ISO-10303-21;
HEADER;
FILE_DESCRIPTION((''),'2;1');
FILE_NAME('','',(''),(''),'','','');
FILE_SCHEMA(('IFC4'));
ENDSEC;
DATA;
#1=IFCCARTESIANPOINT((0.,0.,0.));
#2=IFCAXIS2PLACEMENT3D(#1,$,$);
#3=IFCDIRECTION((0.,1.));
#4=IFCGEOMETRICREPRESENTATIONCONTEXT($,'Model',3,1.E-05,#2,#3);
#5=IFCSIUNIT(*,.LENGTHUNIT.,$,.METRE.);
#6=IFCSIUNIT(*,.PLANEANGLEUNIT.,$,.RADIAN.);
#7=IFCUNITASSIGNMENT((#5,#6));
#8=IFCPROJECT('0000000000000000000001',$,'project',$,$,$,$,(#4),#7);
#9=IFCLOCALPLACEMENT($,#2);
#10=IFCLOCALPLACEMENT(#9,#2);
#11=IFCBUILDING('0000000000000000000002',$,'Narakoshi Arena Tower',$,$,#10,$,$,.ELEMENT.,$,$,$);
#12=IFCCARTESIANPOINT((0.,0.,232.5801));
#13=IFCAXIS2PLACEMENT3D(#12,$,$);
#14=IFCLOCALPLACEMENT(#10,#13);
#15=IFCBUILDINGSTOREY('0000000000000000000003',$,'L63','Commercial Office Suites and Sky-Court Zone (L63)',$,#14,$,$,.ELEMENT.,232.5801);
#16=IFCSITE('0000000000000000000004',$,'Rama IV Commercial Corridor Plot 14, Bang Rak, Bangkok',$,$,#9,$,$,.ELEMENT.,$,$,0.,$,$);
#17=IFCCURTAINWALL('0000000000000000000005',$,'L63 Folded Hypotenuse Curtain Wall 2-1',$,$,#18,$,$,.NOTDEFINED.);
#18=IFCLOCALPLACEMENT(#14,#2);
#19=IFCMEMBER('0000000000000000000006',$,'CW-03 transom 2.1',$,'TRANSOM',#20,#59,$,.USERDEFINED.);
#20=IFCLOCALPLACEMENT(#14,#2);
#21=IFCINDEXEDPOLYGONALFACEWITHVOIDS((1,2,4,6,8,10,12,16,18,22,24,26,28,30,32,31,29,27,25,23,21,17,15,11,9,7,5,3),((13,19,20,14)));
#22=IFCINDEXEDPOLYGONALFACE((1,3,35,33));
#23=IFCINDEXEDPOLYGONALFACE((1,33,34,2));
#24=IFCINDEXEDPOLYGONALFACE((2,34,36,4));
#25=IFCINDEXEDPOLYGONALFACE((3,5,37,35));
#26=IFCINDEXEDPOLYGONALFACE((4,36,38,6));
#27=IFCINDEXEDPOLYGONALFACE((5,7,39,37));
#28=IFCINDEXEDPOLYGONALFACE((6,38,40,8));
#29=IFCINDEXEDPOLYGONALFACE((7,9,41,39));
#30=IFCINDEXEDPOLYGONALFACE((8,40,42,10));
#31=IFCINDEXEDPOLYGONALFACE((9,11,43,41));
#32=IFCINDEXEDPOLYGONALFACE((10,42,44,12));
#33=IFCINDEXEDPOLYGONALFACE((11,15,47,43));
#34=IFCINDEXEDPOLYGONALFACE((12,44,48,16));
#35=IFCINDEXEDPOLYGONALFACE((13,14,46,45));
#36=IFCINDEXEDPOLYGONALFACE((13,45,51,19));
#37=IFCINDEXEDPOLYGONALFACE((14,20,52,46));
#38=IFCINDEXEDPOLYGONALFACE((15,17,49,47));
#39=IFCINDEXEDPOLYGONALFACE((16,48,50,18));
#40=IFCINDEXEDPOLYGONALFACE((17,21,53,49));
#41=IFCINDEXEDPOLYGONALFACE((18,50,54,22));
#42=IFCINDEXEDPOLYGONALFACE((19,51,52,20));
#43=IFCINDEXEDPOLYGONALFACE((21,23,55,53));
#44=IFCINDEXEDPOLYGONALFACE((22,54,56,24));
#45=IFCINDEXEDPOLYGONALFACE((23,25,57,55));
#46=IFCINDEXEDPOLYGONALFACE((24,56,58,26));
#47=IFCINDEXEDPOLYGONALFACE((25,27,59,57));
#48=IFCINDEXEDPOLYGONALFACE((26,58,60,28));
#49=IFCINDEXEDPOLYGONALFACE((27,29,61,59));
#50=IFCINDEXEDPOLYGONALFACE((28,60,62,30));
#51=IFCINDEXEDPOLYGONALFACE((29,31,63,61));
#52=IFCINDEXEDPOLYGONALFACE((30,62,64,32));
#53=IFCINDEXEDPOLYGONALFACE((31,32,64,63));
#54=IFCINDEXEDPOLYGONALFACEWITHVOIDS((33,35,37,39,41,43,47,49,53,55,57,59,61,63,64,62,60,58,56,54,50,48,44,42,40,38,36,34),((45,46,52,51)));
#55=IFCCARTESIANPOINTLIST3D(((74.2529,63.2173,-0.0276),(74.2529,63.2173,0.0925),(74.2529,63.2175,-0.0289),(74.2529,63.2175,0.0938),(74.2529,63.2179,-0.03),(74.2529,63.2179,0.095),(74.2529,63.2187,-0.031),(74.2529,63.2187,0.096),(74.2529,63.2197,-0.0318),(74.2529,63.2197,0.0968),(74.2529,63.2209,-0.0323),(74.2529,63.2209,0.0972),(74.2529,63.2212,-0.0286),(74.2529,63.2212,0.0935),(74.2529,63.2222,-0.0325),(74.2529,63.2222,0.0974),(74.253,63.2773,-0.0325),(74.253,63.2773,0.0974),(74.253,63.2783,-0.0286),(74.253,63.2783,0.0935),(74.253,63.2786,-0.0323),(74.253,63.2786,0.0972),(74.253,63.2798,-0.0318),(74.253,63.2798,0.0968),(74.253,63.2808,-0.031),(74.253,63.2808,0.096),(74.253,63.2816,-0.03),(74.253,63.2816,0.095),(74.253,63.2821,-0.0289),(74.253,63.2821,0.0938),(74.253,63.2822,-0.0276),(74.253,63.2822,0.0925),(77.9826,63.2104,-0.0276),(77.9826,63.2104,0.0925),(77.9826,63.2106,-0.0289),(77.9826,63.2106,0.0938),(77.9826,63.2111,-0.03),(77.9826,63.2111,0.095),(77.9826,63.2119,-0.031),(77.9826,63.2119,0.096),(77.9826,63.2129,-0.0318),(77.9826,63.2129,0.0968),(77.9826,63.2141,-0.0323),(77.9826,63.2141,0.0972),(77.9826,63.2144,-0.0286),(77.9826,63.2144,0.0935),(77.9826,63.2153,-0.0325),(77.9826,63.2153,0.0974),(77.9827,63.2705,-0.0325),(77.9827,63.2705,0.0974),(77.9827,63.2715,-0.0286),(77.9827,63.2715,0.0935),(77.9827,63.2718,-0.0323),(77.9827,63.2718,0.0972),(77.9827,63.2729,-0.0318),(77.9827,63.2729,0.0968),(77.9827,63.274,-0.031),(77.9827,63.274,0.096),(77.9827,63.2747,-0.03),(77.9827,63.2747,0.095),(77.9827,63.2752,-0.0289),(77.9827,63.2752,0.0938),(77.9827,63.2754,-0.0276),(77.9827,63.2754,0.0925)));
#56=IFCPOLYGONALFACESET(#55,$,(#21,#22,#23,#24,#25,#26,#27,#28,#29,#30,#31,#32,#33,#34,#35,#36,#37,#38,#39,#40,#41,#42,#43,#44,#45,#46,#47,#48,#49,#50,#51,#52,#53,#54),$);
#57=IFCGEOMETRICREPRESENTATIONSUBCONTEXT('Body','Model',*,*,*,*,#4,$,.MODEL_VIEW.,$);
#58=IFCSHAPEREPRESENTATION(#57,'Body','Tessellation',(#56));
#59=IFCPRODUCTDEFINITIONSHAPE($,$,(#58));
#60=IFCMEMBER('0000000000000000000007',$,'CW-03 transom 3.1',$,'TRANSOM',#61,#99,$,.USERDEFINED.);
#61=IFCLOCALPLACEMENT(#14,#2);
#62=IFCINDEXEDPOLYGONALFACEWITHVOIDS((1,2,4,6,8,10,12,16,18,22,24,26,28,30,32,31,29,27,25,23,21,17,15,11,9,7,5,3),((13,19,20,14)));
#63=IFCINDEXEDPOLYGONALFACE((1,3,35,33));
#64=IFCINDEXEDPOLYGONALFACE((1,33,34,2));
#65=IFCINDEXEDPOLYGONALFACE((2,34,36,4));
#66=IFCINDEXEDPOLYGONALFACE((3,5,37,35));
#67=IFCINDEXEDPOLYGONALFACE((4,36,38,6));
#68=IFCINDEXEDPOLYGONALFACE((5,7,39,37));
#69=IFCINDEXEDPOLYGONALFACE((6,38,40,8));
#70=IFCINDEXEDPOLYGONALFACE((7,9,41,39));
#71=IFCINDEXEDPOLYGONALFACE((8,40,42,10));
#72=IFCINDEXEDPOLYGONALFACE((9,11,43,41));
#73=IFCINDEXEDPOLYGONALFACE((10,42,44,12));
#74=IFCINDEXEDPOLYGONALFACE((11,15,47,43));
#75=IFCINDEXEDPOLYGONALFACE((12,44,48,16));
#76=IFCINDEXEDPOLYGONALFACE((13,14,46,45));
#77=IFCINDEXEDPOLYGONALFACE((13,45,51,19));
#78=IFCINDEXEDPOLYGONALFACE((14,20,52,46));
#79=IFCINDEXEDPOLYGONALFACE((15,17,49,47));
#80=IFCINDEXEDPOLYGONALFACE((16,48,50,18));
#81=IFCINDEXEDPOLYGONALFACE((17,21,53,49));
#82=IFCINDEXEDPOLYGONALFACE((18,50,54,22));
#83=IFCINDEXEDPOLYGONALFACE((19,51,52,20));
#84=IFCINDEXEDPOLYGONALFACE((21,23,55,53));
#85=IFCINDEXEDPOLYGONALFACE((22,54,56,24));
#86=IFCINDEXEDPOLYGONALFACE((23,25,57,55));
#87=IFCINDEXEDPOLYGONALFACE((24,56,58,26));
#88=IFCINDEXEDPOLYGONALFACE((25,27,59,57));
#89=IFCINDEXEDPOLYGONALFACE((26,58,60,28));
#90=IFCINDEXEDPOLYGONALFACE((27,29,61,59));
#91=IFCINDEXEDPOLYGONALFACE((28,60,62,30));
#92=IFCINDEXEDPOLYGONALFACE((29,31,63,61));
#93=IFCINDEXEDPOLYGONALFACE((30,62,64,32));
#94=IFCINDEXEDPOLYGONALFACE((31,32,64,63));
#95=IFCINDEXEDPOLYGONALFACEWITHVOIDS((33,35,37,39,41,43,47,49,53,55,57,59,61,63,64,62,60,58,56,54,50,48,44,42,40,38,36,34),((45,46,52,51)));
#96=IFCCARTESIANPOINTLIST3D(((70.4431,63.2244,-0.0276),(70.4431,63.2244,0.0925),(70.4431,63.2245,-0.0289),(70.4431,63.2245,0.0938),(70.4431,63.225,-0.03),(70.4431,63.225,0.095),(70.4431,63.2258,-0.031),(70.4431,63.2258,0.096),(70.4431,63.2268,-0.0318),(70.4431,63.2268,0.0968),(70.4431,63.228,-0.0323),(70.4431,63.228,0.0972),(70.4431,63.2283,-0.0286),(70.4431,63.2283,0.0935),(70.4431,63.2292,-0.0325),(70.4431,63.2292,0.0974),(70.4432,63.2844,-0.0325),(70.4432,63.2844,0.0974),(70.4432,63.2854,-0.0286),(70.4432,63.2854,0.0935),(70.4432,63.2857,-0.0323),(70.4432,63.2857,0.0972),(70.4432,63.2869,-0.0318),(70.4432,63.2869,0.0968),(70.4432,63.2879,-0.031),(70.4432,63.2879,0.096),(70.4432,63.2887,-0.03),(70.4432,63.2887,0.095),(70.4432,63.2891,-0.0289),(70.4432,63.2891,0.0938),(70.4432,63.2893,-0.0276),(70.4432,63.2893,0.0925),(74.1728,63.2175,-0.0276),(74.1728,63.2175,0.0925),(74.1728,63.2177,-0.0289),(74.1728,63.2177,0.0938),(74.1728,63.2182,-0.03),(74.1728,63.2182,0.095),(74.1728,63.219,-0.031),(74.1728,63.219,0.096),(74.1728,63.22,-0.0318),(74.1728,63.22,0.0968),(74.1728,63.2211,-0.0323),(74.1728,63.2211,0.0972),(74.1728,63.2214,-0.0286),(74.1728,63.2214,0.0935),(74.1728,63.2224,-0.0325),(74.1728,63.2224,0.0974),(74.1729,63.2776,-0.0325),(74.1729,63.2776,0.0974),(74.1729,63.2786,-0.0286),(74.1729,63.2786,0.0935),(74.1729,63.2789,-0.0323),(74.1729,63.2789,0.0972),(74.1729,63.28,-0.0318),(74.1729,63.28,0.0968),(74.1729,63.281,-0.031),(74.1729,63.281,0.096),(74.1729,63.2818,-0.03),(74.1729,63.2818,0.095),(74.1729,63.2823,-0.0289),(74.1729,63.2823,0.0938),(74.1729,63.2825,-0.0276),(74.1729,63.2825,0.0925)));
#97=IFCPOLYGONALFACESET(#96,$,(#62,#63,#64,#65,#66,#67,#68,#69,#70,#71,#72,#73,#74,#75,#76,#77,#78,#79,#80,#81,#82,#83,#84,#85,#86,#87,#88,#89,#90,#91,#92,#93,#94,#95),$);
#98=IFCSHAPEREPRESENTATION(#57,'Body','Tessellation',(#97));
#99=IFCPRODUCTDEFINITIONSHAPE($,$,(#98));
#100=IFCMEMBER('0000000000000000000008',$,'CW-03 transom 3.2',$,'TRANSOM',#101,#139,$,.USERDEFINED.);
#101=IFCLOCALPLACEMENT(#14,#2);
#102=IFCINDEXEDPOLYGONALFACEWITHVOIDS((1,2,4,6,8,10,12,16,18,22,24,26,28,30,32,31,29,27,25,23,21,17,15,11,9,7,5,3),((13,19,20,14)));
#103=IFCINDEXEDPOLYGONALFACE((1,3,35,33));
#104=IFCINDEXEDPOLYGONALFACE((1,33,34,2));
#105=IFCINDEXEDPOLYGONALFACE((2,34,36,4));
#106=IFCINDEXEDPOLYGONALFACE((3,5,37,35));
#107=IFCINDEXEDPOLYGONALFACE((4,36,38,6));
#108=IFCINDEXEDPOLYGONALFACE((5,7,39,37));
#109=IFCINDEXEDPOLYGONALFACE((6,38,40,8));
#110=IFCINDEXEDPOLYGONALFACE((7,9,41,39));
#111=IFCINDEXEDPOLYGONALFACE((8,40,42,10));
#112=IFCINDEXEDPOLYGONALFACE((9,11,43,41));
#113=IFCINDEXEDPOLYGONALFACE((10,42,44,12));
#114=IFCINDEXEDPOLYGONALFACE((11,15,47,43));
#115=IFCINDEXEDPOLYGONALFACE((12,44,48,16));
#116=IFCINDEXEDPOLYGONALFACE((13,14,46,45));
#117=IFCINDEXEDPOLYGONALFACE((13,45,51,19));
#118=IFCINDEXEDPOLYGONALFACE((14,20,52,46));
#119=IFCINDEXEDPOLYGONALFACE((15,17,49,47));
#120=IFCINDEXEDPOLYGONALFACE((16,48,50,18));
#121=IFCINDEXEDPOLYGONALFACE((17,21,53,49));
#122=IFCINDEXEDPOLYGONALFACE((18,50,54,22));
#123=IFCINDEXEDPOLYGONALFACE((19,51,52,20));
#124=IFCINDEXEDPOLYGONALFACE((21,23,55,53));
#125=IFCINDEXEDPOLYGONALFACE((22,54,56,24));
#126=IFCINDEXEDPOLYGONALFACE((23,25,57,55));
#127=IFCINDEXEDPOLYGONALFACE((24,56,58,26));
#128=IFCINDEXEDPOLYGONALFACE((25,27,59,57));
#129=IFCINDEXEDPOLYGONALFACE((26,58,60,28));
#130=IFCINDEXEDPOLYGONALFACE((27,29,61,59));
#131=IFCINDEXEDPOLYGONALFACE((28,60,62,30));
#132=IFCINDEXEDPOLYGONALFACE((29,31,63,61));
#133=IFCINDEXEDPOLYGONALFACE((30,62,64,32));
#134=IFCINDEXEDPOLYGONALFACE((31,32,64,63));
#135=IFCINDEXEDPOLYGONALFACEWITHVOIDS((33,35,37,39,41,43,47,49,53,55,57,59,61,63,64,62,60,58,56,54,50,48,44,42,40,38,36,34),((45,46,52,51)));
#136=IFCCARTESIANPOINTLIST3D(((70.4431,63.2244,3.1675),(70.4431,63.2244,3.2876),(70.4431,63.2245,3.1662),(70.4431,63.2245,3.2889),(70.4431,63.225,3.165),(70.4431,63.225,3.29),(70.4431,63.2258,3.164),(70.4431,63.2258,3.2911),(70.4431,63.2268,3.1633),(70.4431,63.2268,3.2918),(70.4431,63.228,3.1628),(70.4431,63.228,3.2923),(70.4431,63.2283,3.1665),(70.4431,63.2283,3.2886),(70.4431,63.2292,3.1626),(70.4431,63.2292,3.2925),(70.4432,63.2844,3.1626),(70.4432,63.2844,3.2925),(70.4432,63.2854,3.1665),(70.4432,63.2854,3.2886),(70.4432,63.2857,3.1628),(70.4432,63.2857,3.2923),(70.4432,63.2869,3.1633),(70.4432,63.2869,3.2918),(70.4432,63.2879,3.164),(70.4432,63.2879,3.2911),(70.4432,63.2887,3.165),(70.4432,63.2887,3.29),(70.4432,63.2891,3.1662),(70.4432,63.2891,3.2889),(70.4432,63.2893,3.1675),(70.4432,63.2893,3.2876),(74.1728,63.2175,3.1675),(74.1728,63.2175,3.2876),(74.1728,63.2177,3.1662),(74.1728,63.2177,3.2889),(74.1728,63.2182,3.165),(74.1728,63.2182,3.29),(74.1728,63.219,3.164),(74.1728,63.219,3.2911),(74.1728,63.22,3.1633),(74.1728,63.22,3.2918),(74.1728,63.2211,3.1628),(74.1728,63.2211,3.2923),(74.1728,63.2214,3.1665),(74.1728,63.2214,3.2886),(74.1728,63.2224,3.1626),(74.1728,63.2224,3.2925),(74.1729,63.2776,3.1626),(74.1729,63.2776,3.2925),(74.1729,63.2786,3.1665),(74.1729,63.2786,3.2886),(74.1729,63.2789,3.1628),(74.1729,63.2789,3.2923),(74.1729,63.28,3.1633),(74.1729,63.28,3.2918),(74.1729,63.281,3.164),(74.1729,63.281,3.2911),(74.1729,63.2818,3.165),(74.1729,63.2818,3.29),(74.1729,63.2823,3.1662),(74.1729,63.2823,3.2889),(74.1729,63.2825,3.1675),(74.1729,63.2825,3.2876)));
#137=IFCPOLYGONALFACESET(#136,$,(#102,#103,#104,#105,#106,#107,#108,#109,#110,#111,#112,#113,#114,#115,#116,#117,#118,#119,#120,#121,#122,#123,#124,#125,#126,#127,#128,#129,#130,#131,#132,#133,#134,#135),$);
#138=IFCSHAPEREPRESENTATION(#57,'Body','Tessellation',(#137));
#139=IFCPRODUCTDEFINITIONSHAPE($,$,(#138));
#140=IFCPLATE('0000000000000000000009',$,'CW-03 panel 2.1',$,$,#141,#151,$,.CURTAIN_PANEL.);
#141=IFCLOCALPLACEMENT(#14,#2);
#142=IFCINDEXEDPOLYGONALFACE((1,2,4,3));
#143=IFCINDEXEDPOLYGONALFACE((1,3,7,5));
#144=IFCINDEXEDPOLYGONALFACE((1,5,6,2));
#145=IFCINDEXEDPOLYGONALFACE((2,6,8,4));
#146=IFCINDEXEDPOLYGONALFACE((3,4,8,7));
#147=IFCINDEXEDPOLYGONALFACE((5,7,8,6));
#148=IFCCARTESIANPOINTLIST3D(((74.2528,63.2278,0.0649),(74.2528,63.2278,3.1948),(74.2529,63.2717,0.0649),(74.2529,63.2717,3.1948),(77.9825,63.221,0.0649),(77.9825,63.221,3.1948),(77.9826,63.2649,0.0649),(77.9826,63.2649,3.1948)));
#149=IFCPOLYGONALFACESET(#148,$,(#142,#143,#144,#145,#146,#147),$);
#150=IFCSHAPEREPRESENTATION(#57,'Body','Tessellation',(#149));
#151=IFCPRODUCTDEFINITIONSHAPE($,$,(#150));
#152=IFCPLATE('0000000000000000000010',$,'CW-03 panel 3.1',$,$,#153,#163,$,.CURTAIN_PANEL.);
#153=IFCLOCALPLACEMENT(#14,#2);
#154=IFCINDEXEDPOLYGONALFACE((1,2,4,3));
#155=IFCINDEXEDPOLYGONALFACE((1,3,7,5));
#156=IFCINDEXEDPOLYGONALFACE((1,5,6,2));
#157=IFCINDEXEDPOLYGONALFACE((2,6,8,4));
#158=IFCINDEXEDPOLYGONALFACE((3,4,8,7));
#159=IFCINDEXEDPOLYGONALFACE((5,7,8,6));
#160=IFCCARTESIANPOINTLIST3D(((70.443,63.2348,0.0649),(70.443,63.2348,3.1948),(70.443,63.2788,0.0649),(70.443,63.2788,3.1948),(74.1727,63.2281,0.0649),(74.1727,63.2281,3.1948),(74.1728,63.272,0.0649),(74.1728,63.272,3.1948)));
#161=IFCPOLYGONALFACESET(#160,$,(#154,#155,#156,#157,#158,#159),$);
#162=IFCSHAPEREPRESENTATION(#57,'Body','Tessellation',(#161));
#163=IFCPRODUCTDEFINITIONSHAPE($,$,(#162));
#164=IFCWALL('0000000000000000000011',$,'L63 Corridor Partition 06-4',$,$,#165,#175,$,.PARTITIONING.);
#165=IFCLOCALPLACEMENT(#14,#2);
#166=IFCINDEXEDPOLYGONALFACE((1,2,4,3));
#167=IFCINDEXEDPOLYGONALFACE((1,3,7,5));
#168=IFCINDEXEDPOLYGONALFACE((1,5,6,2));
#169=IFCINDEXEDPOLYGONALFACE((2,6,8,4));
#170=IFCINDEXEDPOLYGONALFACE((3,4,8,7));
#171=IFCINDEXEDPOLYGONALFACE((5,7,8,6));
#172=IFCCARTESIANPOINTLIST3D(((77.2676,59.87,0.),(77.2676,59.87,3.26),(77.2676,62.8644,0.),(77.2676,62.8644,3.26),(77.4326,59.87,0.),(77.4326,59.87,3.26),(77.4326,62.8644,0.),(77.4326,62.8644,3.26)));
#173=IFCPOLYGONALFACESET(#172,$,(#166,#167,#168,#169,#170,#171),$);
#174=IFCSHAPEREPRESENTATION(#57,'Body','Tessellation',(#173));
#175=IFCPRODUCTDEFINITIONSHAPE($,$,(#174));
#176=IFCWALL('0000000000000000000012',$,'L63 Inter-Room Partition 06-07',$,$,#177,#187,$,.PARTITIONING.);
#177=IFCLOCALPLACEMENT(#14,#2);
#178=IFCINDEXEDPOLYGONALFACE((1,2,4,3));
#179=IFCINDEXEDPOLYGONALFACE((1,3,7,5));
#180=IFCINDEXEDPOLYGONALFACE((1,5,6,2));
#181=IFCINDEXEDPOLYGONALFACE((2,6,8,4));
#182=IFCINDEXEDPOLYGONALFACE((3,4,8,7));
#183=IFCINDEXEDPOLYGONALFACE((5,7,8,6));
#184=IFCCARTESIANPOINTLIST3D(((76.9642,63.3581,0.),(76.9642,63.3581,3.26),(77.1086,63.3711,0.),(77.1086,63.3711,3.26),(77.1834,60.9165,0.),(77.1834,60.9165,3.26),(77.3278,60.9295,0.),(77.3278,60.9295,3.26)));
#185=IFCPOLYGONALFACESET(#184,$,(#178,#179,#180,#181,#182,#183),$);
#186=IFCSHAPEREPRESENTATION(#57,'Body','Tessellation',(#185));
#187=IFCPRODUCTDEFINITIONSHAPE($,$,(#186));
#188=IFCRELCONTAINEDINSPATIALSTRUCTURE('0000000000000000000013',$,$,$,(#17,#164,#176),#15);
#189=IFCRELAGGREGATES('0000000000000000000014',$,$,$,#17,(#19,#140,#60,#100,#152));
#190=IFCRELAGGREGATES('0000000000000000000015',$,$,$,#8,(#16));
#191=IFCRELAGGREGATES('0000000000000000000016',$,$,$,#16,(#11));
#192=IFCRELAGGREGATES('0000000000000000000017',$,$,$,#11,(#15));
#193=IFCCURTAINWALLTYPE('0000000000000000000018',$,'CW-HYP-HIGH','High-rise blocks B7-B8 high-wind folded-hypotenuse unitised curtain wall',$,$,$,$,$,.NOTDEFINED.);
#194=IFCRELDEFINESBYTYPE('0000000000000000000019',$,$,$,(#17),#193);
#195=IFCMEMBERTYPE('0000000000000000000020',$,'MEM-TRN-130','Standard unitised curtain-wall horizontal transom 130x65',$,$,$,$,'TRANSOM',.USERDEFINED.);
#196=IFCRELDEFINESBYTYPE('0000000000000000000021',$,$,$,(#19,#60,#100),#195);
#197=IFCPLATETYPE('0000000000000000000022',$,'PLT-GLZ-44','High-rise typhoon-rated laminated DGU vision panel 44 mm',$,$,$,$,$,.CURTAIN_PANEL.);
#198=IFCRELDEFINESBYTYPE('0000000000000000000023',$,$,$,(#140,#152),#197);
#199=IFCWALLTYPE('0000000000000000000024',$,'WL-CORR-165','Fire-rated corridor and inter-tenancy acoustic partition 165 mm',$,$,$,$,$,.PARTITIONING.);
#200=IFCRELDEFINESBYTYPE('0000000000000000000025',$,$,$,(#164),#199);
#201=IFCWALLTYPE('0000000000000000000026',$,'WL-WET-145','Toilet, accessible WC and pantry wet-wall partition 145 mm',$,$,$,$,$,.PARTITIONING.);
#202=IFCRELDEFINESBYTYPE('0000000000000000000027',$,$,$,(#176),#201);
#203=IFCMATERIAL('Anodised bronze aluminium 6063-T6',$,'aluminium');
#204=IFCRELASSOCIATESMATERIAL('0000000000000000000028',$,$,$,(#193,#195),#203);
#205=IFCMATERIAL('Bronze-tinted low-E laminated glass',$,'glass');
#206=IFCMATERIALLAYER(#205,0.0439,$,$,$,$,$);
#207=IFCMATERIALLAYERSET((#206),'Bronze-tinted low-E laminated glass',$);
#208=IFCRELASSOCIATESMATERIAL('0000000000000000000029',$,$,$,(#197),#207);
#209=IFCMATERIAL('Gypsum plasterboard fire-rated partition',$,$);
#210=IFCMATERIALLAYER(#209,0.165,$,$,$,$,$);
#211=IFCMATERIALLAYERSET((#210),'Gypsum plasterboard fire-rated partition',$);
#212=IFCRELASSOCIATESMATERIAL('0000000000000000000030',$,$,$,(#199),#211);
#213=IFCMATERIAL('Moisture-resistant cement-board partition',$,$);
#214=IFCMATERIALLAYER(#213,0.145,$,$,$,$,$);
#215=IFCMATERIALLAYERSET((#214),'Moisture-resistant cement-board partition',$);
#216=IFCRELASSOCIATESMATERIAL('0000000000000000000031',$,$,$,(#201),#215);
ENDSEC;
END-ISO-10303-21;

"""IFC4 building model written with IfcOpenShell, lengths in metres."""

from ifc_helpers import new_model, si_unit, direction, frame, frame_2d, origin, origin_2d, place, context, subcontext, project, spatial, rectangle, hollow_rectangle, extrude, material, layer, layer_set, material_profile, profile_set, type_object, element, aggregate, save


model = new_model("IFC4")

# Units and contexts
model_context = context("Model", 3, precision=1e-05, world=origin(), true_north=direction((0.0, 1.0)))
body_context = subcontext(model_context, "Body", "Model", "MODEL_VIEW")
ifc_project = project(units=[si_unit("LENGTHUNIT", "METRE"), si_unit("PLANEANGLEUNIT", "RADIAN")], contexts=[model_context])

# Site, building, storey
site_placement = place(None, origin())
site = spatial("IfcSite", under=ifc_project, at=site_placement, Name="Rama IV Commercial Corridor Plot 14, Bang Rak, Bangkok", CompositionType="ELEMENT", RefElevation=0.0)
building_placement = place(site_placement, origin())
building = spatial("IfcBuilding", under=site, at=building_placement, Name="Narakoshi Arena Tower", CompositionType="ELEMENT")
storey_placement = place(building_placement, frame((0.0, 0.0, 232.5801)))
storey = spatial("IfcBuildingStorey", under=building, at=storey_placement, Name="L63", Description="Commercial Office Suites and Sky-Court Zone (L63)", CompositionType="ELEMENT", Elevation=232.5801)

# Curtain wall, members, plates
ifc_material_1 = material(Name="Anodised bronze aluminium 6063-T6", Category="aluminium")
curtain_wall_type = type_object("IfcCurtainWallType", Name="CW-HYP-HIGH", Description="High-rise blocks B7-B8 high-wind folded-hypotenuse unitised curtain wall", PredefinedType="NOTDEFINED", material=ifc_material_1)
curtain_wall_placement = place(storey_placement, origin())
curtain_wall = element("IfcCurtainWall", 1, at=curtain_wall_placement, inside=storey, type_object=curtain_wall_type, Name="L63 Folded Hypotenuse Curtain Wall 2-1", PredefinedType="NOTDEFINED")
ifc_material_profile_1 = material_profile(ifc_material_1, hollow_rectangle(XDim=0.0649, YDim=0.1299, WallThickness=0.0039, OuterFilletRadius=0.0049, at=origin_2d()), Name="TRN130x65x4")
ifc_profile_set_1 = profile_set([ifc_material_profile_1], Name="Anodised bronze aluminium 6063-T6")
member_type_1 = type_object("IfcMemberType", Name="MEM-TRN-130", Description="Standard unitised curtain-wall horizontal transom 130x65", ElementType="TRANSOM", PredefinedType="USERDEFINED", material=ifc_profile_set_1)
member_1_placement = place(storey_placement, frame((77.9827, 63.2429, 0.0325), z_axis=(-0.999998, 0.001833, 0.0), x_axis=(-0.001833, -0.999998, 0.0)))
member_1 = element("IfcMember", 2, at=member_1_placement, type_object=member_type_1, Name="CW-03 transom 2.1", ObjectType="TRANSOM", PredefinedType="USERDEFINED", context=body_context, shape_type="SweptSolid", body=[
    extrude(hollow_rectangle(XDim=0.0649, YDim=0.1299, WallThickness=0.0039, OuterFilletRadius=0.0049, at=origin_2d()), origin(), (0.0, 0.0, 1.0), 3.7297),
])
member_2_placement = place(storey_placement, frame((74.1729, 63.25, 0.0325), z_axis=(-0.999998, 0.001833, 0.0), x_axis=(-0.001833, -0.999998, 0.0)))
member_2 = element("IfcMember", 3, at=member_2_placement, type_object=member_type_1, Name="CW-03 transom 3.1", ObjectType="TRANSOM", PredefinedType="USERDEFINED", context=body_context, shape_type="SweptSolid", body=[
    extrude(hollow_rectangle(XDim=0.0649, YDim=0.1299, WallThickness=0.0039, OuterFilletRadius=0.0049, at=origin_2d()), origin(), (0.0, 0.0, 1.0), 3.7297),
])
member_3_placement = place(storey_placement, frame((74.1729, 63.25, 3.2275), z_axis=(-0.999998, 0.001833, 0.0), x_axis=(-0.001833, -0.999998, 0.0)))
member_3 = element("IfcMember", 4, at=member_3_placement, type_object=member_type_1, Name="CW-03 transom 3.2", ObjectType="TRANSOM", PredefinedType="USERDEFINED", context=body_context, shape_type="SweptSolid", body=[
    extrude(hollow_rectangle(XDim=0.0649, YDim=0.1299, WallThickness=0.0039, OuterFilletRadius=0.0049, at=origin_2d()), origin(), (0.0, 0.0, 1.0), 3.7297),
])
ifc_material_2 = material(Name="Bronze-tinted low-E laminated glass", Category="glass")
ifc_layer_1 = layer(ifc_material_2, 0.0439)
ifc_layer_set_1 = layer_set([ifc_layer_1], Name="Bronze-tinted low-E laminated glass")
plate_type = type_object("IfcPlateType", Name="PLT-GLZ-44", Description="High-rise typhoon-rated laminated DGU vision panel 44 mm", PredefinedType="CURTAIN_PANEL", material=ifc_layer_set_1)
plate_1_placement = place(storey_placement, frame((76.1177, 63.2463, 0.0649), z_axis=(0.0, 0.0, 1.0), x_axis=(-0.999998, 0.00182, 0.0)))
plate_1 = element("IfcPlate", 5, at=plate_1_placement, type_object=plate_type, Name="CW-03 panel 2.1", PredefinedType="CURTAIN_PANEL", context=body_context, shape_type="SweptSolid", body=[
    extrude(rectangle(XDim=3.7297, YDim=0.0439, at=origin_2d()), origin(), (0.0, 0.0, 1.0), 3.1299),
])
plate_2_placement = place(storey_placement, frame((72.3079, 63.2534, 0.0649), z_axis=(0.0, 0.0, 1.0), x_axis=(-0.999998, 0.00182, 0.0)))
plate_2 = element("IfcPlate", 6, at=plate_2_placement, type_object=plate_type, Name="CW-03 panel 3.1", PredefinedType="CURTAIN_PANEL", context=body_context, shape_type="SweptSolid", body=[
    extrude(rectangle(XDim=3.7297, YDim=0.0439, at=origin_2d()), origin(), (0.0, 0.0, 1.0), 3.1299),
])
aggregate(curtain_wall, [member_1, plate_1, member_2, member_3, plate_2])

# Walls
ifc_material_3 = material(Name="Gypsum plasterboard fire-rated partition")
ifc_layer_2 = layer(ifc_material_3, 0.165)
ifc_layer_set_2 = layer_set([ifc_layer_2], Name="Gypsum plasterboard fire-rated partition")
wall_type_1 = type_object("IfcWallType", Name="WL-CORR-165", Description="Fire-rated corridor and inter-tenancy acoustic partition 165 mm", PredefinedType="PARTITIONING", material=ifc_layer_set_2)
wall_1_placement = place(storey_placement, frame((77.3501, 62.8643, 0.0), z_axis=(0.0, 0.0, 1.0), x_axis=(0.0, -1.0, 0.0)))
element("IfcWall", 7, at=wall_1_placement, inside=storey, type_object=wall_type_1, Name="L63 Corridor Partition 06-4", PredefinedType="PARTITIONING", context=body_context, shape_type="SweptSolid", body=[
    extrude(rectangle(XDim=2.9944, YDim=0.165, at=frame_2d((1.4971, 0.0))), origin(), (0.0, 0.0, 1.0), 3.26),
])
ifc_material_4 = material(Name="Moisture-resistant cement-board partition")
ifc_layer_3 = layer(ifc_material_4, 0.145)
ifc_layer_set_3 = layer_set([ifc_layer_3], Name="Moisture-resistant cement-board partition")
wall_type_2 = type_object("IfcWallType", Name="WL-WET-145", Description="Toilet, accessible WC and pantry wet-wall partition 145 mm", PredefinedType="PARTITIONING", material=ifc_layer_set_3)
wall_2_placement = place(storey_placement, frame((77.2556, 60.9231, 0.0), z_axis=(0.0, 0.0, 1.0), x_axis=(-0.089431, 0.995993, 0.0)))
element("IfcWall", 8, at=wall_2_placement, inside=storey, type_object=wall_type_2, Name="L63 Inter-Room Partition 06-07", PredefinedType="PARTITIONING", context=body_context, shape_type="SweptSolid", body=[
    extrude(rectangle(XDim=2.4514, YDim=0.145, at=frame_2d((1.2256, 0.0))), origin(), (0.0, 0.0, 1.0), 3.26),
])

save(model, "model.ifc")
